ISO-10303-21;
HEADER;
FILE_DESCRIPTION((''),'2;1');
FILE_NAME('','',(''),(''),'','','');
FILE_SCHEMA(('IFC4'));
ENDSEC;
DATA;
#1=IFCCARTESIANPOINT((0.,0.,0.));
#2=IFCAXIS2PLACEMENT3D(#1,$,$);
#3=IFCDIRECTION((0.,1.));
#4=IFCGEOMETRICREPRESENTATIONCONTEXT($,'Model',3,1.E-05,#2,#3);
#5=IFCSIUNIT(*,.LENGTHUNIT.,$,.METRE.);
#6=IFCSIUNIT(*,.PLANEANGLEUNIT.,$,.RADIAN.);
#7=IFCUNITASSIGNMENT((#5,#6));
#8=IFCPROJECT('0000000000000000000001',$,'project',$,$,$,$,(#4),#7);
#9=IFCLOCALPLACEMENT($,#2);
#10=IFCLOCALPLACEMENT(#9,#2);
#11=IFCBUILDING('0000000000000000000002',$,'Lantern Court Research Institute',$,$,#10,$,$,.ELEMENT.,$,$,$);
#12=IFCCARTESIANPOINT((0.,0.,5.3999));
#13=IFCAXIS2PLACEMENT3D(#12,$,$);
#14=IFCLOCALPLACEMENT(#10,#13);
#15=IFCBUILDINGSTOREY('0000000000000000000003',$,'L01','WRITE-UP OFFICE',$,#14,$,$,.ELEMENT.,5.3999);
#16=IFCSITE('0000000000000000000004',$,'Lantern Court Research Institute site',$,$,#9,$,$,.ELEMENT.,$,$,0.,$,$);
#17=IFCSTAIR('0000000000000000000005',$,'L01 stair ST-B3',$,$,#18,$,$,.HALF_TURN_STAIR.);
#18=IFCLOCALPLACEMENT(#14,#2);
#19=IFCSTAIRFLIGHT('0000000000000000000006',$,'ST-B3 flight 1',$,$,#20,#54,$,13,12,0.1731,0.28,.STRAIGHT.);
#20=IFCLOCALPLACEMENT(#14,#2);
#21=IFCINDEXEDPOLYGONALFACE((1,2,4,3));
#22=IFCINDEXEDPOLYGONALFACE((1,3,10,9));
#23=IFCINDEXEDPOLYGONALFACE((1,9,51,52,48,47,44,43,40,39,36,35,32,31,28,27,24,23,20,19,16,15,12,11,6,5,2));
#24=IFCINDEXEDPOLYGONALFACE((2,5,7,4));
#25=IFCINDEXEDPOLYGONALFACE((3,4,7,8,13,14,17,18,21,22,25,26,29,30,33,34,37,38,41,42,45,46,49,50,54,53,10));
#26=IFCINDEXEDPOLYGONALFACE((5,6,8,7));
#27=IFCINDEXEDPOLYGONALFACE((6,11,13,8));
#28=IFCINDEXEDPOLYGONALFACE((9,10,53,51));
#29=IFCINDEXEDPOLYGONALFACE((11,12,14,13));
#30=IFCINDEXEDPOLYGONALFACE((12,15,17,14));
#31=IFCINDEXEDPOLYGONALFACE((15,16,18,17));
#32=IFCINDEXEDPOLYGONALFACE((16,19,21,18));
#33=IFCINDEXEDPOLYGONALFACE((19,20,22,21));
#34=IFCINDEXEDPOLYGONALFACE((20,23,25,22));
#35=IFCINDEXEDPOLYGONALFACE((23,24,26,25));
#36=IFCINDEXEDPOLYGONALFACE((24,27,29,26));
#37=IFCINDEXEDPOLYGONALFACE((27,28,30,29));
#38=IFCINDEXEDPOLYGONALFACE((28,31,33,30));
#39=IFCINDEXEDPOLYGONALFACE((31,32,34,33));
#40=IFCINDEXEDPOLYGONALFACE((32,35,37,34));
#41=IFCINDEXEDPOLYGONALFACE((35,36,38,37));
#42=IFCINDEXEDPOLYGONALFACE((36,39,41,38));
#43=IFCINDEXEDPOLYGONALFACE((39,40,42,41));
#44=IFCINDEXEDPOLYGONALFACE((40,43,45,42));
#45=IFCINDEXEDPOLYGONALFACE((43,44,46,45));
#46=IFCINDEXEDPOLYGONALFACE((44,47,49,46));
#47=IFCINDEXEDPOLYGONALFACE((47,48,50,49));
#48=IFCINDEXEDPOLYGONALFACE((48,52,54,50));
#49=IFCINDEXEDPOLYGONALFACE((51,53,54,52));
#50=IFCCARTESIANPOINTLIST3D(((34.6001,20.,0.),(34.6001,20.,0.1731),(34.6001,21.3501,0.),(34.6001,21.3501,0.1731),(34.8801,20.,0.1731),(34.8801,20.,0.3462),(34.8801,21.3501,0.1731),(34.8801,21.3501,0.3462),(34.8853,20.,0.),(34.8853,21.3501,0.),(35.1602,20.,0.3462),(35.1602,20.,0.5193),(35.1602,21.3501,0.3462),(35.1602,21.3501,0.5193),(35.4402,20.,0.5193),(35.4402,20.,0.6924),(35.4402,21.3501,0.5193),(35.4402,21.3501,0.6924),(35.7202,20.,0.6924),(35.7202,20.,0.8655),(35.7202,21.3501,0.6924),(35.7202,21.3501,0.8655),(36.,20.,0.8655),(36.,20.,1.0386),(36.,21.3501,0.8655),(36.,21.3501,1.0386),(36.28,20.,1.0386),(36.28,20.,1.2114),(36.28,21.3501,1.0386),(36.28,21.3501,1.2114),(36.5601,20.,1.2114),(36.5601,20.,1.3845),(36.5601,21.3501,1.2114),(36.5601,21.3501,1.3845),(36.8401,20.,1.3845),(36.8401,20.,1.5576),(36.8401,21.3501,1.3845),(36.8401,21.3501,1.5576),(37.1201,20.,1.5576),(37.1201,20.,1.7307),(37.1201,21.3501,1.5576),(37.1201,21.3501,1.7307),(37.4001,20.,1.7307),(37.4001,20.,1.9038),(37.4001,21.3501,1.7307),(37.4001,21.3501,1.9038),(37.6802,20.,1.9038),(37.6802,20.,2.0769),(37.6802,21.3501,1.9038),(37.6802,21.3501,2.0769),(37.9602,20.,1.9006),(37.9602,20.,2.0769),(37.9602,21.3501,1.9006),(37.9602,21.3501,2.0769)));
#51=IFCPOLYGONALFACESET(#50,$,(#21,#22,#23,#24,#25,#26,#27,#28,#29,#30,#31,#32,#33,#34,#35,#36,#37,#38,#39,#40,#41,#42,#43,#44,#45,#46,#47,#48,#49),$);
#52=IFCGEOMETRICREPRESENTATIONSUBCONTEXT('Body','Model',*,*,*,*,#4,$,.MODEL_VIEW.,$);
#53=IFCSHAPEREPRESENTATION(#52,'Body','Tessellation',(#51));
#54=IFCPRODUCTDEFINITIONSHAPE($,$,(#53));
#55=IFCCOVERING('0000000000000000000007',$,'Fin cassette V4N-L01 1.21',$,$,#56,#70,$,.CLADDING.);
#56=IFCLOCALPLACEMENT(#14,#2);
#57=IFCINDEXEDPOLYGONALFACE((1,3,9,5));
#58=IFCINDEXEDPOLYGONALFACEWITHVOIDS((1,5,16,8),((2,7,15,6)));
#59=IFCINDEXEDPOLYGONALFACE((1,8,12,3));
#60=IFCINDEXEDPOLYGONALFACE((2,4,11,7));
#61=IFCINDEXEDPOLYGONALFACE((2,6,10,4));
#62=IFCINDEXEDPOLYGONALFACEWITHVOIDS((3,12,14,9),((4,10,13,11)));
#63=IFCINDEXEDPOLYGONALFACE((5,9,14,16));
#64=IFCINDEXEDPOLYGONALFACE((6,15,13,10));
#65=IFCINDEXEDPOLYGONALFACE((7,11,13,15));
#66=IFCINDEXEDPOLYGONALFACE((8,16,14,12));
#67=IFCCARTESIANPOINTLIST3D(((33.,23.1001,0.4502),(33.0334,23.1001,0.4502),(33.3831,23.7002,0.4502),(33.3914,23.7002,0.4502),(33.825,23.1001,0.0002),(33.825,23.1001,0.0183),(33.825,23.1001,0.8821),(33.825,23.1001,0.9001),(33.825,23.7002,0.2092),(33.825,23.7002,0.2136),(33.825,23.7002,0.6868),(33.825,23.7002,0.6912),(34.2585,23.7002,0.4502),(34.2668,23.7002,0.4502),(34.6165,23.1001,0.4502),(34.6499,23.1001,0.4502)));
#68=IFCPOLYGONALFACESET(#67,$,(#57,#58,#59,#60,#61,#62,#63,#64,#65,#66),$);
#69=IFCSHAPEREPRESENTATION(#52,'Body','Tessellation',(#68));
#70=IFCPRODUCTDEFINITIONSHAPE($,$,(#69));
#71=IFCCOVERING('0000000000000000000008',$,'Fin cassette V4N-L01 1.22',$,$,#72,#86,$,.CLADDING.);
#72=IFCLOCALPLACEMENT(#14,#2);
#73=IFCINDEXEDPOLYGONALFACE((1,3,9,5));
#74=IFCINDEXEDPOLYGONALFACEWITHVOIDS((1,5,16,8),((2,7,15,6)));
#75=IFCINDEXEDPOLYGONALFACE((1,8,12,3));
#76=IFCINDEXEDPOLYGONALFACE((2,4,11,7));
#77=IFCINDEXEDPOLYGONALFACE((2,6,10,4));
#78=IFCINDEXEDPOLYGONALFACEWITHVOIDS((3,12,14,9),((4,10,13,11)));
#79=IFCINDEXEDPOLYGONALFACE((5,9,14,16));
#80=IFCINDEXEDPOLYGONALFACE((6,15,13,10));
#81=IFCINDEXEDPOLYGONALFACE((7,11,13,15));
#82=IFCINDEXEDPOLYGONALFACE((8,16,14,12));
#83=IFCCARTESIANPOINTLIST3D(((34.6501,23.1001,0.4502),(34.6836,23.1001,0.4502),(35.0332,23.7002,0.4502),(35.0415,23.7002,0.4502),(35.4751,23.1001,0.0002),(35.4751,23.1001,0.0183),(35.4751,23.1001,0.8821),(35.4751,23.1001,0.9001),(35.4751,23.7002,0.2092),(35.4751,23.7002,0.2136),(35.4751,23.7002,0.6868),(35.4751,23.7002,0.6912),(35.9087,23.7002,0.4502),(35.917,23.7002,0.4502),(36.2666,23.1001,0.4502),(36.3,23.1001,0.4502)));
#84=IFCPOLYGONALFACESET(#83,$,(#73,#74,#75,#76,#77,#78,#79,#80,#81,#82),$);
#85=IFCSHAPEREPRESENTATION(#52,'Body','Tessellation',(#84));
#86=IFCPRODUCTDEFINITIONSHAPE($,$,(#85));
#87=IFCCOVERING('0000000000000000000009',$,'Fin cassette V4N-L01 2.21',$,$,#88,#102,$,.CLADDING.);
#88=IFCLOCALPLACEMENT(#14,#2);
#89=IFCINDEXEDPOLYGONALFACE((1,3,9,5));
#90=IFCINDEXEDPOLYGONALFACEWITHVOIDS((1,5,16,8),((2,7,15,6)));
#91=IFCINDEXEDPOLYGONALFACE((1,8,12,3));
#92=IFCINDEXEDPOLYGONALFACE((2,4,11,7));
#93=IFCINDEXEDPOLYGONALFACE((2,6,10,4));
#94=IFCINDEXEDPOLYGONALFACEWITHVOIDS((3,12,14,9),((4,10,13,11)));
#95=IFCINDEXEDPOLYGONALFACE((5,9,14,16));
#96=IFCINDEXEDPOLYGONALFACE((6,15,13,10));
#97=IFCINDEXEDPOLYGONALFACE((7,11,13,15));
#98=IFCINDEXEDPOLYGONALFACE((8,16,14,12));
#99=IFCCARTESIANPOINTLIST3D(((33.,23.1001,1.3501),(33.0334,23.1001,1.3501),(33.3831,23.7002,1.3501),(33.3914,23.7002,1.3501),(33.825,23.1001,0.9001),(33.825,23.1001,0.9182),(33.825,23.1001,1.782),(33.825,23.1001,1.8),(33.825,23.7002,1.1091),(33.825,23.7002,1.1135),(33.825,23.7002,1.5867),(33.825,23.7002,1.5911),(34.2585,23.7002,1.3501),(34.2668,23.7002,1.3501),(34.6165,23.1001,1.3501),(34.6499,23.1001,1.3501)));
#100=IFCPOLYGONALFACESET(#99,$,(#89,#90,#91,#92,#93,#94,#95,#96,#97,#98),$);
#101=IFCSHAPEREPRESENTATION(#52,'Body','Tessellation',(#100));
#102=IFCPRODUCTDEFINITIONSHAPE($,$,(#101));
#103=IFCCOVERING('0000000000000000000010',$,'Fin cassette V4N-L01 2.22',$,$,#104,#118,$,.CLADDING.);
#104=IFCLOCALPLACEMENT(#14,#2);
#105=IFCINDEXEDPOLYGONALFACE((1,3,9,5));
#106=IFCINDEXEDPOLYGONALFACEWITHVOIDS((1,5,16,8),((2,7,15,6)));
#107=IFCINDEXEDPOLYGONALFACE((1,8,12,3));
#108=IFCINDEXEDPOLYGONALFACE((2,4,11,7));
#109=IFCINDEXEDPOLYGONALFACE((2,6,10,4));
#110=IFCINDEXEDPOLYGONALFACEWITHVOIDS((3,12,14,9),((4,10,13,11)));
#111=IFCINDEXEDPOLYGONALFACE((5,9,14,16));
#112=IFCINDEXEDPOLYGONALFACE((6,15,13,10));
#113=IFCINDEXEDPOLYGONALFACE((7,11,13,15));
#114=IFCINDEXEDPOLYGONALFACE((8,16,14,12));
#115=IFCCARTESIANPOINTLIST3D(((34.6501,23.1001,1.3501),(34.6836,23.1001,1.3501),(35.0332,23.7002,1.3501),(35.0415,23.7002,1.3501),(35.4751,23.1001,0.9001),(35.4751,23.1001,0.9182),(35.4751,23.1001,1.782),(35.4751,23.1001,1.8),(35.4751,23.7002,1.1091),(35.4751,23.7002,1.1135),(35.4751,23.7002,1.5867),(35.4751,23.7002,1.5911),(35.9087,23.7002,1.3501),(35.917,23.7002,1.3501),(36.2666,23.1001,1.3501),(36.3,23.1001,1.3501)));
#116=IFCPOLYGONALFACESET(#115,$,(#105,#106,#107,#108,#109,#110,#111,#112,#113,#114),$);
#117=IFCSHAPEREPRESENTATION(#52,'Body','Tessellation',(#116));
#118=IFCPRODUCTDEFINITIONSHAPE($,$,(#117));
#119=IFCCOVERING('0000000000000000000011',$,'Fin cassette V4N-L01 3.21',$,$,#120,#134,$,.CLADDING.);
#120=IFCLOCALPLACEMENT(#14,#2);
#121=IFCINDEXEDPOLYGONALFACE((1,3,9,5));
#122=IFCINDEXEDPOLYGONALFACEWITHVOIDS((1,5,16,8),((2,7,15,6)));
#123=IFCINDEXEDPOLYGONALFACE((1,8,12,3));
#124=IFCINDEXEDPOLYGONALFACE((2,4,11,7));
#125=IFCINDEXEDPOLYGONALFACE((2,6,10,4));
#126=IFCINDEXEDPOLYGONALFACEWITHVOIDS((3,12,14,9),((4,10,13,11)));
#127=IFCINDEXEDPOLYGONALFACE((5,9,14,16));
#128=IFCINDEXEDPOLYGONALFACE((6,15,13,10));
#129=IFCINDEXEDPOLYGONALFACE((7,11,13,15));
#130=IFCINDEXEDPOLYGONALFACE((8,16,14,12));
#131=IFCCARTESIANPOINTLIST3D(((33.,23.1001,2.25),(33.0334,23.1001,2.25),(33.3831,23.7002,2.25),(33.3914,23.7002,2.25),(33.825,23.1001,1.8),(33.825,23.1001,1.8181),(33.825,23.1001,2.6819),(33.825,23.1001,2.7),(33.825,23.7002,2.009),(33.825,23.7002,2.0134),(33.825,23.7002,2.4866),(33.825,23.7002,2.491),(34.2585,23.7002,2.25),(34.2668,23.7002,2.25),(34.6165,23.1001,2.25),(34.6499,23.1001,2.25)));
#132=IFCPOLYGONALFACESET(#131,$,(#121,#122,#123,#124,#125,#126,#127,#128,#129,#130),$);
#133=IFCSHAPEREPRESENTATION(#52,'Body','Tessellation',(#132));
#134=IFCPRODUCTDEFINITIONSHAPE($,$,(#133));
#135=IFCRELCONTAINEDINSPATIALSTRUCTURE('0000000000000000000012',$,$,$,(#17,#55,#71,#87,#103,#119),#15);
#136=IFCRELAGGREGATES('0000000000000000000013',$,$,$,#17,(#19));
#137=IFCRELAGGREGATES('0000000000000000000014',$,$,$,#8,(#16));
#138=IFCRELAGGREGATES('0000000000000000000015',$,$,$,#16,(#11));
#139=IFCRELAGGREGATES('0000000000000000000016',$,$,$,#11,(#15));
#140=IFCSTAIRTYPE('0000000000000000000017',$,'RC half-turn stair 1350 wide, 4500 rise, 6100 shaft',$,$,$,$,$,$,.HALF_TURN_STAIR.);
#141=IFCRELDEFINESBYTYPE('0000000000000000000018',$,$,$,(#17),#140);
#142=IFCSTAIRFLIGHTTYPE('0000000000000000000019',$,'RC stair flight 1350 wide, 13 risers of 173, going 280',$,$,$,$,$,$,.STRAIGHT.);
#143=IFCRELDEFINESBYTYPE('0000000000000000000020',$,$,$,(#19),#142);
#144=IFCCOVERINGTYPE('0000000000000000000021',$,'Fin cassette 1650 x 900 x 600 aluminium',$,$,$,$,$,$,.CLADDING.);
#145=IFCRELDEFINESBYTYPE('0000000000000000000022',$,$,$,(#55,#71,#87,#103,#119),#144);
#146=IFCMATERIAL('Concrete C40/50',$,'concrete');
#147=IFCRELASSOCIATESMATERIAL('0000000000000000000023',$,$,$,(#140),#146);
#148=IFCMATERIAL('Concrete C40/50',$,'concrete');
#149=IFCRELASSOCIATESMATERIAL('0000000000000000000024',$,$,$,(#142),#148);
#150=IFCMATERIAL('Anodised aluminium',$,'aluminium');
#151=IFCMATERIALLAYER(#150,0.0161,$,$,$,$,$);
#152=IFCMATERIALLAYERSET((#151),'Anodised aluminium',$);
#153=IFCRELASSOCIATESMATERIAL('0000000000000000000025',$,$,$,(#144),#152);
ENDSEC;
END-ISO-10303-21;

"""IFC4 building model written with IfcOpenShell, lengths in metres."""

from ifc_helpers import new_model, entity, si_unit, direction, frame, origin, place, context, subcontext, project, spatial, polyline, outline, extrude, material, layer, layer_set, type_object, element, aggregate, save


model = new_model("IFC4")

# Units and contexts
model_context = context("Model", 3, precision=1e-05, world=origin(), true_north=direction((0.0, 1.0)))
body_context = subcontext(model_context, "Body", "Model", "MODEL_VIEW")
ifc_project = project(units=[si_unit("LENGTHUNIT", "METRE"), si_unit("PLANEANGLEUNIT", "RADIAN")], contexts=[model_context])

# Site, building, storey
site_placement = place(None, origin())
site = spatial("IfcSite", under=ifc_project, at=site_placement, Name="Lantern Court Research Institute site", CompositionType="ELEMENT", RefElevation=0.0)
building_placement = place(site_placement, origin())
building = spatial("IfcBuilding", under=site, at=building_placement, Name="Lantern Court Research Institute", CompositionType="ELEMENT")
storey_placement = place(building_placement, frame((0.0, 0.0, 5.3999)))
storey = spatial("IfcBuildingStorey", under=building, at=storey_placement, Name="L01", Description="WRITE-UP OFFICE", CompositionType="ELEMENT", Elevation=5.3999)

# Stair, stair flight
ifc_material_1 = material(Name="Concrete C40/50", Category="concrete")
stair_type = type_object("IfcStairType", Name="RC half-turn stair 1350 wide, 4500 rise, 6100 shaft", PredefinedType="HALF_TURN_STAIR", material=ifc_material_1)
stair_placement = place(storey_placement, origin())
stair = element("IfcStair", 1, at=stair_placement, inside=storey, type_object=stair_type, Name="L01 stair ST-B3", PredefinedType="HALF_TURN_STAIR")
ifc_material_2 = material(Name="Concrete C40/50", Category="concrete")
stair_flight_type = type_object("IfcStairFlightType", Name="RC stair flight 1350 wide, 13 risers of 173, going 280", PredefinedType="STRAIGHT", material=ifc_material_2)
stair_flight_placement = place(storey_placement, frame((34.6001, 20.675, 0.0), z_axis=(0.0, 0.0, 1.0), x_axis=(1.0, 0.0, 0.0)))
stair_flight = element("IfcStairFlight", 2, at=stair_flight_placement, type_object=stair_flight_type, Name="ST-B3 flight 1", NumberOfRisers=13, NumberOfTreads=12, PredefinedType="STRAIGHT", RiserHeight=0.1731, TreadLength=0.28, context=body_context, shape_type="SweptSolid", body=[
    extrude(outline(polyline([(0.0, 0.0), (0.0, 0.1731), (0.28, 0.1731), (0.28, 0.3462), (0.5601, 0.3462), (0.5601, 0.5193), (0.8401, 0.5193), (0.8401, 0.6924), (1.1201, 0.6924), (1.1201, 0.8655), (1.3999, 0.8655), (1.3999, 1.0386), (1.6799, 1.0386), (1.6799, 1.2114), (1.96, 1.2114), (1.96, 1.3845), (2.24, 1.3845), (2.24, 1.5576), (2.52, 1.5576), (2.52, 1.7307), (2.8, 1.7307), (2.8, 1.9038), (3.0801, 1.9038), (3.0801, 2.0769), (3.3601, 2.0769), (3.3601, 2.25), (3.3601, 1.9006), (0.2852, 0.0), (0.0, 0.0)])), frame((0.0, 0.675, 0.0), z_axis=(0.0, -1.0, 0.0), x_axis=(1.0, 0.0, 0.0)), (0.0, 0.0, 1.0), 1.3501),
])
aggregate(stair, [stair_flight])

# Coverings
ifc_material_3 = material(Name="Anodised aluminium", Category="aluminium")
ifc_layer_1 = layer(ifc_material_3, 0.0161)
ifc_layer_set_1 = layer_set([ifc_layer_1], Name="Anodised aluminium")
covering_type = type_object("IfcCoveringType", Name="Fin cassette 1650 x 900 x 600 aluminium", PredefinedType="CLADDING", material=ifc_layer_set_1)
covering_1_placement = place(storey_placement, frame((33.825, 23.1001, 0.4502), z_axis=(0.0, 1.0, 0.0), x_axis=(-1.0, 0.0, 0.0)))
cartesian_point_1 = entity("IfcCartesianPoint", [0.825, 0.0])
cartesian_point_2 = entity("IfcCartesianPoint", [0.7915, 0.0])
cartesian_point_3 = entity("IfcCartesianPoint", [0.4419, 0.0])
cartesian_point_4 = entity("IfcCartesianPoint", [0.4336, 0.0])
element("IfcCovering", 3, at=covering_1_placement, inside=storey, type_object=covering_type, Name="Fin cassette V4N-L01 1.21", PredefinedType="CLADDING", context=body_context, shape_type="SweptSolid", body=[
    entity("IfcExtrudedAreaSolidTapered", entity("IfcArbitraryProfileDefWithVoids", "AREA", None, entity("IfcPolyline", [cartesian_point_1, entity("IfcCartesianPoint", [0.0, 0.45]), entity("IfcCartesianPoint", [-0.825, 0.0]), entity("IfcCartesianPoint", [0.0, -0.45]), cartesian_point_1]), [entity("IfcPolyline", [cartesian_point_2, entity("IfcCartesianPoint", [0.0, 0.4319]), entity("IfcCartesianPoint", [-0.7915, 0.0]), entity("IfcCartesianPoint", [0.0, -0.4319]), cartesian_point_2])]), entity("IfcAxis2Placement3D", entity("IfcCartesianPoint", [0.0, 0.0, 0.0])), entity("IfcDirection", [0.0, 0.0, 1.0]), 0.6001, entity("IfcArbitraryProfileDefWithVoids", "AREA", None, entity("IfcPolyline", [cartesian_point_3, entity("IfcCartesianPoint", [0.0, 0.241]), entity("IfcCartesianPoint", [-0.4419, 0.0]), entity("IfcCartesianPoint", [0.0, -0.241]), cartesian_point_3]), [entity("IfcPolyline", [cartesian_point_4, entity("IfcCartesianPoint", [0.0, 0.2366]), entity("IfcCartesianPoint", [-0.4336, 0.0]), entity("IfcCartesianPoint", [0.0, -0.2366]), cartesian_point_4])])),
])
covering_2_placement = place(storey_placement, frame((35.4751, 23.1001, 0.4502), z_axis=(0.0, 1.0, 0.0), x_axis=(-1.0, 0.0, 0.0)))
cartesian_point_5 = entity("IfcCartesianPoint", [0.825, 0.0])
cartesian_point_6 = entity("IfcCartesianPoint", [0.7915, 0.0])
cartesian_point_7 = entity("IfcCartesianPoint", [0.4419, 0.0])
cartesian_point_8 = entity("IfcCartesianPoint", [0.4336, 0.0])
element("IfcCovering", 4, at=covering_2_placement, inside=storey, type_object=covering_type, Name="Fin cassette V4N-L01 1.22", PredefinedType="CLADDING", context=body_context, shape_type="SweptSolid", body=[
    entity("IfcExtrudedAreaSolidTapered", entity("IfcArbitraryProfileDefWithVoids", "AREA", None, entity("IfcPolyline", [cartesian_point_5, entity("IfcCartesianPoint", [0.0, 0.45]), entity("IfcCartesianPoint", [-0.825, 0.0]), entity("IfcCartesianPoint", [0.0, -0.45]), cartesian_point_5]), [entity("IfcPolyline", [cartesian_point_6, entity("IfcCartesianPoint", [0.0, 0.4319]), entity("IfcCartesianPoint", [-0.7915, 0.0]), entity("IfcCartesianPoint", [0.0, -0.4319]), cartesian_point_6])]), entity("IfcAxis2Placement3D", entity("IfcCartesianPoint", [0.0, 0.0, 0.0])), entity("IfcDirection", [0.0, 0.0, 1.0]), 0.6001, entity("IfcArbitraryProfileDefWithVoids", "AREA", None, entity("IfcPolyline", [cartesian_point_7, entity("IfcCartesianPoint", [0.0, 0.241]), entity("IfcCartesianPoint", [-0.4419, 0.0]), entity("IfcCartesianPoint", [0.0, -0.241]), cartesian_point_7]), [entity("IfcPolyline", [cartesian_point_8, entity("IfcCartesianPoint", [0.0, 0.2366]), entity("IfcCartesianPoint", [-0.4336, 0.0]), entity("IfcCartesianPoint", [0.0, -0.2366]), cartesian_point_8])])),
])
covering_3_placement = place(storey_placement, frame((33.825, 23.1001, 1.3501), z_axis=(0.0, 1.0, 0.0), x_axis=(-1.0, 0.0, 0.0)))
cartesian_point_9 = entity("IfcCartesianPoint", [0.825, 0.0])
cartesian_point_10 = entity("IfcCartesianPoint", [0.7915, 0.0])
cartesian_point_11 = entity("IfcCartesianPoint", [0.4419, 0.0])
cartesian_point_12 = entity("IfcCartesianPoint", [0.4336, 0.0])
element("IfcCovering", 5, at=covering_3_placement, inside=storey, type_object=covering_type, Name="Fin cassette V4N-L01 2.21", PredefinedType="CLADDING", context=body_context, shape_type="SweptSolid", body=[
    entity("IfcExtrudedAreaSolidTapered", entity("IfcArbitraryProfileDefWithVoids", "AREA", None, entity("IfcPolyline", [cartesian_point_9, entity("IfcCartesianPoint", [0.0, 0.45]), entity("IfcCartesianPoint", [-0.825, 0.0]), entity("IfcCartesianPoint", [0.0, -0.45]), cartesian_point_9]), [entity("IfcPolyline", [cartesian_point_10, entity("IfcCartesianPoint", [0.0, 0.4319]), entity("IfcCartesianPoint", [-0.7915, 0.0]), entity("IfcCartesianPoint", [0.0, -0.4319]), cartesian_point_10])]), entity("IfcAxis2Placement3D", entity("IfcCartesianPoint", [0.0, 0.0, 0.0])), entity("IfcDirection", [0.0, 0.0, 1.0]), 0.6001, entity("IfcArbitraryProfileDefWithVoids", "AREA", None, entity("IfcPolyline", [cartesian_point_11, entity("IfcCartesianPoint", [0.0, 0.241]), entity("IfcCartesianPoint", [-0.4419, 0.0]), entity("IfcCartesianPoint", [0.0, -0.241]), cartesian_point_11]), [entity("IfcPolyline", [cartesian_point_12, entity("IfcCartesianPoint", [0.0, 0.2366]), entity("IfcCartesianPoint", [-0.4336, 0.0]), entity("IfcCartesianPoint", [0.0, -0.2366]), cartesian_point_12])])),
])
covering_4_placement = place(storey_placement, frame((35.4751, 23.1001, 1.3501), z_axis=(0.0, 1.0, 0.0), x_axis=(-1.0, 0.0, 0.0)))
cartesian_point_13 = entity("IfcCartesianPoint", [0.825, 0.0])
cartesian_point_14 = entity("IfcCartesianPoint", [0.7915, 0.0])
cartesian_point_15 = entity("IfcCartesianPoint", [0.4419, 0.0])
cartesian_point_16 = entity("IfcCartesianPoint", [0.4336, 0.0])
element("IfcCovering", 6, at=covering_4_placement, inside=storey, type_object=covering_type, Name="Fin cassette V4N-L01 2.22", PredefinedType="CLADDING", context=body_context, shape_type="SweptSolid", body=[
    entity("IfcExtrudedAreaSolidTapered", entity("IfcArbitraryProfileDefWithVoids", "AREA", None, entity("IfcPolyline", [cartesian_point_13, entity("IfcCartesianPoint", [0.0, 0.45]), entity("IfcCartesianPoint", [-0.825, 0.0]), entity("IfcCartesianPoint", [0.0, -0.45]), cartesian_point_13]), [entity("IfcPolyline", [cartesian_point_14, entity("IfcCartesianPoint", [0.0, 0.4319]), entity("IfcCartesianPoint", [-0.7915, 0.0]), entity("IfcCartesianPoint", [0.0, -0.4319]), cartesian_point_14])]), entity("IfcAxis2Placement3D", entity("IfcCartesianPoint", [0.0, 0.0, 0.0])), entity("IfcDirection", [0.0, 0.0, 1.0]), 0.6001, entity("IfcArbitraryProfileDefWithVoids", "AREA", None, entity("IfcPolyline", [cartesian_point_15, entity("IfcCartesianPoint", [0.0, 0.241]), entity("IfcCartesianPoint", [-0.4419, 0.0]), entity("IfcCartesianPoint", [0.0, -0.241]), cartesian_point_15]), [entity("IfcPolyline", [cartesian_point_16, entity("IfcCartesianPoint", [0.0, 0.2366]), entity("IfcCartesianPoint", [-0.4336, 0.0]), entity("IfcCartesianPoint", [0.0, -0.2366]), cartesian_point_16])])),
])
covering_5_placement = place(storey_placement, frame((33.825, 23.1001, 2.25), z_axis=(0.0, 1.0, 0.0), x_axis=(-1.0, 0.0, 0.0)))
cartesian_point_17 = entity("IfcCartesianPoint", [0.825, 0.0])
cartesian_point_18 = entity("IfcCartesianPoint", [0.7915, 0.0])
cartesian_point_19 = entity("IfcCartesianPoint", [0.4419, 0.0])
cartesian_point_20 = entity("IfcCartesianPoint", [0.4336, 0.0])
element("IfcCovering", 7, at=covering_5_placement, inside=storey, type_object=covering_type, Name="Fin cassette V4N-L01 3.21", PredefinedType="CLADDING", context=body_context, shape_type="SweptSolid", body=[
    entity("IfcExtrudedAreaSolidTapered", entity("IfcArbitraryProfileDefWithVoids", "AREA", None, entity("IfcPolyline", [cartesian_point_17, entity("IfcCartesianPoint", [0.0, 0.45]), entity("IfcCartesianPoint", [-0.825, 0.0]), entity("IfcCartesianPoint", [0.0, -0.45]), cartesian_point_17]), [entity("IfcPolyline", [cartesian_point_18, entity("IfcCartesianPoint", [0.0, 0.4319]), entity("IfcCartesianPoint", [-0.7915, 0.0]), entity("IfcCartesianPoint", [0.0, -0.4319]), cartesian_point_18])]), entity("IfcAxis2Placement3D", entity("IfcCartesianPoint", [0.0, 0.0, 0.0])), entity("IfcDirection", [0.0, 0.0, 1.0]), 0.6001, entity("IfcArbitraryProfileDefWithVoids", "AREA", None, entity("IfcPolyline", [cartesian_point_19, entity("IfcCartesianPoint", [0.0, 0.241]), entity("IfcCartesianPoint", [-0.4419, 0.0]), entity("IfcCartesianPoint", [0.0, -0.241]), cartesian_point_19]), [entity("IfcPolyline", [cartesian_point_20, entity("IfcCartesianPoint", [0.0, 0.2366]), entity("IfcCartesianPoint", [-0.4336, 0.0]), entity("IfcCartesianPoint", [0.0, -0.2366]), cartesian_point_20])])),
])

save(model, "model.ifc")
